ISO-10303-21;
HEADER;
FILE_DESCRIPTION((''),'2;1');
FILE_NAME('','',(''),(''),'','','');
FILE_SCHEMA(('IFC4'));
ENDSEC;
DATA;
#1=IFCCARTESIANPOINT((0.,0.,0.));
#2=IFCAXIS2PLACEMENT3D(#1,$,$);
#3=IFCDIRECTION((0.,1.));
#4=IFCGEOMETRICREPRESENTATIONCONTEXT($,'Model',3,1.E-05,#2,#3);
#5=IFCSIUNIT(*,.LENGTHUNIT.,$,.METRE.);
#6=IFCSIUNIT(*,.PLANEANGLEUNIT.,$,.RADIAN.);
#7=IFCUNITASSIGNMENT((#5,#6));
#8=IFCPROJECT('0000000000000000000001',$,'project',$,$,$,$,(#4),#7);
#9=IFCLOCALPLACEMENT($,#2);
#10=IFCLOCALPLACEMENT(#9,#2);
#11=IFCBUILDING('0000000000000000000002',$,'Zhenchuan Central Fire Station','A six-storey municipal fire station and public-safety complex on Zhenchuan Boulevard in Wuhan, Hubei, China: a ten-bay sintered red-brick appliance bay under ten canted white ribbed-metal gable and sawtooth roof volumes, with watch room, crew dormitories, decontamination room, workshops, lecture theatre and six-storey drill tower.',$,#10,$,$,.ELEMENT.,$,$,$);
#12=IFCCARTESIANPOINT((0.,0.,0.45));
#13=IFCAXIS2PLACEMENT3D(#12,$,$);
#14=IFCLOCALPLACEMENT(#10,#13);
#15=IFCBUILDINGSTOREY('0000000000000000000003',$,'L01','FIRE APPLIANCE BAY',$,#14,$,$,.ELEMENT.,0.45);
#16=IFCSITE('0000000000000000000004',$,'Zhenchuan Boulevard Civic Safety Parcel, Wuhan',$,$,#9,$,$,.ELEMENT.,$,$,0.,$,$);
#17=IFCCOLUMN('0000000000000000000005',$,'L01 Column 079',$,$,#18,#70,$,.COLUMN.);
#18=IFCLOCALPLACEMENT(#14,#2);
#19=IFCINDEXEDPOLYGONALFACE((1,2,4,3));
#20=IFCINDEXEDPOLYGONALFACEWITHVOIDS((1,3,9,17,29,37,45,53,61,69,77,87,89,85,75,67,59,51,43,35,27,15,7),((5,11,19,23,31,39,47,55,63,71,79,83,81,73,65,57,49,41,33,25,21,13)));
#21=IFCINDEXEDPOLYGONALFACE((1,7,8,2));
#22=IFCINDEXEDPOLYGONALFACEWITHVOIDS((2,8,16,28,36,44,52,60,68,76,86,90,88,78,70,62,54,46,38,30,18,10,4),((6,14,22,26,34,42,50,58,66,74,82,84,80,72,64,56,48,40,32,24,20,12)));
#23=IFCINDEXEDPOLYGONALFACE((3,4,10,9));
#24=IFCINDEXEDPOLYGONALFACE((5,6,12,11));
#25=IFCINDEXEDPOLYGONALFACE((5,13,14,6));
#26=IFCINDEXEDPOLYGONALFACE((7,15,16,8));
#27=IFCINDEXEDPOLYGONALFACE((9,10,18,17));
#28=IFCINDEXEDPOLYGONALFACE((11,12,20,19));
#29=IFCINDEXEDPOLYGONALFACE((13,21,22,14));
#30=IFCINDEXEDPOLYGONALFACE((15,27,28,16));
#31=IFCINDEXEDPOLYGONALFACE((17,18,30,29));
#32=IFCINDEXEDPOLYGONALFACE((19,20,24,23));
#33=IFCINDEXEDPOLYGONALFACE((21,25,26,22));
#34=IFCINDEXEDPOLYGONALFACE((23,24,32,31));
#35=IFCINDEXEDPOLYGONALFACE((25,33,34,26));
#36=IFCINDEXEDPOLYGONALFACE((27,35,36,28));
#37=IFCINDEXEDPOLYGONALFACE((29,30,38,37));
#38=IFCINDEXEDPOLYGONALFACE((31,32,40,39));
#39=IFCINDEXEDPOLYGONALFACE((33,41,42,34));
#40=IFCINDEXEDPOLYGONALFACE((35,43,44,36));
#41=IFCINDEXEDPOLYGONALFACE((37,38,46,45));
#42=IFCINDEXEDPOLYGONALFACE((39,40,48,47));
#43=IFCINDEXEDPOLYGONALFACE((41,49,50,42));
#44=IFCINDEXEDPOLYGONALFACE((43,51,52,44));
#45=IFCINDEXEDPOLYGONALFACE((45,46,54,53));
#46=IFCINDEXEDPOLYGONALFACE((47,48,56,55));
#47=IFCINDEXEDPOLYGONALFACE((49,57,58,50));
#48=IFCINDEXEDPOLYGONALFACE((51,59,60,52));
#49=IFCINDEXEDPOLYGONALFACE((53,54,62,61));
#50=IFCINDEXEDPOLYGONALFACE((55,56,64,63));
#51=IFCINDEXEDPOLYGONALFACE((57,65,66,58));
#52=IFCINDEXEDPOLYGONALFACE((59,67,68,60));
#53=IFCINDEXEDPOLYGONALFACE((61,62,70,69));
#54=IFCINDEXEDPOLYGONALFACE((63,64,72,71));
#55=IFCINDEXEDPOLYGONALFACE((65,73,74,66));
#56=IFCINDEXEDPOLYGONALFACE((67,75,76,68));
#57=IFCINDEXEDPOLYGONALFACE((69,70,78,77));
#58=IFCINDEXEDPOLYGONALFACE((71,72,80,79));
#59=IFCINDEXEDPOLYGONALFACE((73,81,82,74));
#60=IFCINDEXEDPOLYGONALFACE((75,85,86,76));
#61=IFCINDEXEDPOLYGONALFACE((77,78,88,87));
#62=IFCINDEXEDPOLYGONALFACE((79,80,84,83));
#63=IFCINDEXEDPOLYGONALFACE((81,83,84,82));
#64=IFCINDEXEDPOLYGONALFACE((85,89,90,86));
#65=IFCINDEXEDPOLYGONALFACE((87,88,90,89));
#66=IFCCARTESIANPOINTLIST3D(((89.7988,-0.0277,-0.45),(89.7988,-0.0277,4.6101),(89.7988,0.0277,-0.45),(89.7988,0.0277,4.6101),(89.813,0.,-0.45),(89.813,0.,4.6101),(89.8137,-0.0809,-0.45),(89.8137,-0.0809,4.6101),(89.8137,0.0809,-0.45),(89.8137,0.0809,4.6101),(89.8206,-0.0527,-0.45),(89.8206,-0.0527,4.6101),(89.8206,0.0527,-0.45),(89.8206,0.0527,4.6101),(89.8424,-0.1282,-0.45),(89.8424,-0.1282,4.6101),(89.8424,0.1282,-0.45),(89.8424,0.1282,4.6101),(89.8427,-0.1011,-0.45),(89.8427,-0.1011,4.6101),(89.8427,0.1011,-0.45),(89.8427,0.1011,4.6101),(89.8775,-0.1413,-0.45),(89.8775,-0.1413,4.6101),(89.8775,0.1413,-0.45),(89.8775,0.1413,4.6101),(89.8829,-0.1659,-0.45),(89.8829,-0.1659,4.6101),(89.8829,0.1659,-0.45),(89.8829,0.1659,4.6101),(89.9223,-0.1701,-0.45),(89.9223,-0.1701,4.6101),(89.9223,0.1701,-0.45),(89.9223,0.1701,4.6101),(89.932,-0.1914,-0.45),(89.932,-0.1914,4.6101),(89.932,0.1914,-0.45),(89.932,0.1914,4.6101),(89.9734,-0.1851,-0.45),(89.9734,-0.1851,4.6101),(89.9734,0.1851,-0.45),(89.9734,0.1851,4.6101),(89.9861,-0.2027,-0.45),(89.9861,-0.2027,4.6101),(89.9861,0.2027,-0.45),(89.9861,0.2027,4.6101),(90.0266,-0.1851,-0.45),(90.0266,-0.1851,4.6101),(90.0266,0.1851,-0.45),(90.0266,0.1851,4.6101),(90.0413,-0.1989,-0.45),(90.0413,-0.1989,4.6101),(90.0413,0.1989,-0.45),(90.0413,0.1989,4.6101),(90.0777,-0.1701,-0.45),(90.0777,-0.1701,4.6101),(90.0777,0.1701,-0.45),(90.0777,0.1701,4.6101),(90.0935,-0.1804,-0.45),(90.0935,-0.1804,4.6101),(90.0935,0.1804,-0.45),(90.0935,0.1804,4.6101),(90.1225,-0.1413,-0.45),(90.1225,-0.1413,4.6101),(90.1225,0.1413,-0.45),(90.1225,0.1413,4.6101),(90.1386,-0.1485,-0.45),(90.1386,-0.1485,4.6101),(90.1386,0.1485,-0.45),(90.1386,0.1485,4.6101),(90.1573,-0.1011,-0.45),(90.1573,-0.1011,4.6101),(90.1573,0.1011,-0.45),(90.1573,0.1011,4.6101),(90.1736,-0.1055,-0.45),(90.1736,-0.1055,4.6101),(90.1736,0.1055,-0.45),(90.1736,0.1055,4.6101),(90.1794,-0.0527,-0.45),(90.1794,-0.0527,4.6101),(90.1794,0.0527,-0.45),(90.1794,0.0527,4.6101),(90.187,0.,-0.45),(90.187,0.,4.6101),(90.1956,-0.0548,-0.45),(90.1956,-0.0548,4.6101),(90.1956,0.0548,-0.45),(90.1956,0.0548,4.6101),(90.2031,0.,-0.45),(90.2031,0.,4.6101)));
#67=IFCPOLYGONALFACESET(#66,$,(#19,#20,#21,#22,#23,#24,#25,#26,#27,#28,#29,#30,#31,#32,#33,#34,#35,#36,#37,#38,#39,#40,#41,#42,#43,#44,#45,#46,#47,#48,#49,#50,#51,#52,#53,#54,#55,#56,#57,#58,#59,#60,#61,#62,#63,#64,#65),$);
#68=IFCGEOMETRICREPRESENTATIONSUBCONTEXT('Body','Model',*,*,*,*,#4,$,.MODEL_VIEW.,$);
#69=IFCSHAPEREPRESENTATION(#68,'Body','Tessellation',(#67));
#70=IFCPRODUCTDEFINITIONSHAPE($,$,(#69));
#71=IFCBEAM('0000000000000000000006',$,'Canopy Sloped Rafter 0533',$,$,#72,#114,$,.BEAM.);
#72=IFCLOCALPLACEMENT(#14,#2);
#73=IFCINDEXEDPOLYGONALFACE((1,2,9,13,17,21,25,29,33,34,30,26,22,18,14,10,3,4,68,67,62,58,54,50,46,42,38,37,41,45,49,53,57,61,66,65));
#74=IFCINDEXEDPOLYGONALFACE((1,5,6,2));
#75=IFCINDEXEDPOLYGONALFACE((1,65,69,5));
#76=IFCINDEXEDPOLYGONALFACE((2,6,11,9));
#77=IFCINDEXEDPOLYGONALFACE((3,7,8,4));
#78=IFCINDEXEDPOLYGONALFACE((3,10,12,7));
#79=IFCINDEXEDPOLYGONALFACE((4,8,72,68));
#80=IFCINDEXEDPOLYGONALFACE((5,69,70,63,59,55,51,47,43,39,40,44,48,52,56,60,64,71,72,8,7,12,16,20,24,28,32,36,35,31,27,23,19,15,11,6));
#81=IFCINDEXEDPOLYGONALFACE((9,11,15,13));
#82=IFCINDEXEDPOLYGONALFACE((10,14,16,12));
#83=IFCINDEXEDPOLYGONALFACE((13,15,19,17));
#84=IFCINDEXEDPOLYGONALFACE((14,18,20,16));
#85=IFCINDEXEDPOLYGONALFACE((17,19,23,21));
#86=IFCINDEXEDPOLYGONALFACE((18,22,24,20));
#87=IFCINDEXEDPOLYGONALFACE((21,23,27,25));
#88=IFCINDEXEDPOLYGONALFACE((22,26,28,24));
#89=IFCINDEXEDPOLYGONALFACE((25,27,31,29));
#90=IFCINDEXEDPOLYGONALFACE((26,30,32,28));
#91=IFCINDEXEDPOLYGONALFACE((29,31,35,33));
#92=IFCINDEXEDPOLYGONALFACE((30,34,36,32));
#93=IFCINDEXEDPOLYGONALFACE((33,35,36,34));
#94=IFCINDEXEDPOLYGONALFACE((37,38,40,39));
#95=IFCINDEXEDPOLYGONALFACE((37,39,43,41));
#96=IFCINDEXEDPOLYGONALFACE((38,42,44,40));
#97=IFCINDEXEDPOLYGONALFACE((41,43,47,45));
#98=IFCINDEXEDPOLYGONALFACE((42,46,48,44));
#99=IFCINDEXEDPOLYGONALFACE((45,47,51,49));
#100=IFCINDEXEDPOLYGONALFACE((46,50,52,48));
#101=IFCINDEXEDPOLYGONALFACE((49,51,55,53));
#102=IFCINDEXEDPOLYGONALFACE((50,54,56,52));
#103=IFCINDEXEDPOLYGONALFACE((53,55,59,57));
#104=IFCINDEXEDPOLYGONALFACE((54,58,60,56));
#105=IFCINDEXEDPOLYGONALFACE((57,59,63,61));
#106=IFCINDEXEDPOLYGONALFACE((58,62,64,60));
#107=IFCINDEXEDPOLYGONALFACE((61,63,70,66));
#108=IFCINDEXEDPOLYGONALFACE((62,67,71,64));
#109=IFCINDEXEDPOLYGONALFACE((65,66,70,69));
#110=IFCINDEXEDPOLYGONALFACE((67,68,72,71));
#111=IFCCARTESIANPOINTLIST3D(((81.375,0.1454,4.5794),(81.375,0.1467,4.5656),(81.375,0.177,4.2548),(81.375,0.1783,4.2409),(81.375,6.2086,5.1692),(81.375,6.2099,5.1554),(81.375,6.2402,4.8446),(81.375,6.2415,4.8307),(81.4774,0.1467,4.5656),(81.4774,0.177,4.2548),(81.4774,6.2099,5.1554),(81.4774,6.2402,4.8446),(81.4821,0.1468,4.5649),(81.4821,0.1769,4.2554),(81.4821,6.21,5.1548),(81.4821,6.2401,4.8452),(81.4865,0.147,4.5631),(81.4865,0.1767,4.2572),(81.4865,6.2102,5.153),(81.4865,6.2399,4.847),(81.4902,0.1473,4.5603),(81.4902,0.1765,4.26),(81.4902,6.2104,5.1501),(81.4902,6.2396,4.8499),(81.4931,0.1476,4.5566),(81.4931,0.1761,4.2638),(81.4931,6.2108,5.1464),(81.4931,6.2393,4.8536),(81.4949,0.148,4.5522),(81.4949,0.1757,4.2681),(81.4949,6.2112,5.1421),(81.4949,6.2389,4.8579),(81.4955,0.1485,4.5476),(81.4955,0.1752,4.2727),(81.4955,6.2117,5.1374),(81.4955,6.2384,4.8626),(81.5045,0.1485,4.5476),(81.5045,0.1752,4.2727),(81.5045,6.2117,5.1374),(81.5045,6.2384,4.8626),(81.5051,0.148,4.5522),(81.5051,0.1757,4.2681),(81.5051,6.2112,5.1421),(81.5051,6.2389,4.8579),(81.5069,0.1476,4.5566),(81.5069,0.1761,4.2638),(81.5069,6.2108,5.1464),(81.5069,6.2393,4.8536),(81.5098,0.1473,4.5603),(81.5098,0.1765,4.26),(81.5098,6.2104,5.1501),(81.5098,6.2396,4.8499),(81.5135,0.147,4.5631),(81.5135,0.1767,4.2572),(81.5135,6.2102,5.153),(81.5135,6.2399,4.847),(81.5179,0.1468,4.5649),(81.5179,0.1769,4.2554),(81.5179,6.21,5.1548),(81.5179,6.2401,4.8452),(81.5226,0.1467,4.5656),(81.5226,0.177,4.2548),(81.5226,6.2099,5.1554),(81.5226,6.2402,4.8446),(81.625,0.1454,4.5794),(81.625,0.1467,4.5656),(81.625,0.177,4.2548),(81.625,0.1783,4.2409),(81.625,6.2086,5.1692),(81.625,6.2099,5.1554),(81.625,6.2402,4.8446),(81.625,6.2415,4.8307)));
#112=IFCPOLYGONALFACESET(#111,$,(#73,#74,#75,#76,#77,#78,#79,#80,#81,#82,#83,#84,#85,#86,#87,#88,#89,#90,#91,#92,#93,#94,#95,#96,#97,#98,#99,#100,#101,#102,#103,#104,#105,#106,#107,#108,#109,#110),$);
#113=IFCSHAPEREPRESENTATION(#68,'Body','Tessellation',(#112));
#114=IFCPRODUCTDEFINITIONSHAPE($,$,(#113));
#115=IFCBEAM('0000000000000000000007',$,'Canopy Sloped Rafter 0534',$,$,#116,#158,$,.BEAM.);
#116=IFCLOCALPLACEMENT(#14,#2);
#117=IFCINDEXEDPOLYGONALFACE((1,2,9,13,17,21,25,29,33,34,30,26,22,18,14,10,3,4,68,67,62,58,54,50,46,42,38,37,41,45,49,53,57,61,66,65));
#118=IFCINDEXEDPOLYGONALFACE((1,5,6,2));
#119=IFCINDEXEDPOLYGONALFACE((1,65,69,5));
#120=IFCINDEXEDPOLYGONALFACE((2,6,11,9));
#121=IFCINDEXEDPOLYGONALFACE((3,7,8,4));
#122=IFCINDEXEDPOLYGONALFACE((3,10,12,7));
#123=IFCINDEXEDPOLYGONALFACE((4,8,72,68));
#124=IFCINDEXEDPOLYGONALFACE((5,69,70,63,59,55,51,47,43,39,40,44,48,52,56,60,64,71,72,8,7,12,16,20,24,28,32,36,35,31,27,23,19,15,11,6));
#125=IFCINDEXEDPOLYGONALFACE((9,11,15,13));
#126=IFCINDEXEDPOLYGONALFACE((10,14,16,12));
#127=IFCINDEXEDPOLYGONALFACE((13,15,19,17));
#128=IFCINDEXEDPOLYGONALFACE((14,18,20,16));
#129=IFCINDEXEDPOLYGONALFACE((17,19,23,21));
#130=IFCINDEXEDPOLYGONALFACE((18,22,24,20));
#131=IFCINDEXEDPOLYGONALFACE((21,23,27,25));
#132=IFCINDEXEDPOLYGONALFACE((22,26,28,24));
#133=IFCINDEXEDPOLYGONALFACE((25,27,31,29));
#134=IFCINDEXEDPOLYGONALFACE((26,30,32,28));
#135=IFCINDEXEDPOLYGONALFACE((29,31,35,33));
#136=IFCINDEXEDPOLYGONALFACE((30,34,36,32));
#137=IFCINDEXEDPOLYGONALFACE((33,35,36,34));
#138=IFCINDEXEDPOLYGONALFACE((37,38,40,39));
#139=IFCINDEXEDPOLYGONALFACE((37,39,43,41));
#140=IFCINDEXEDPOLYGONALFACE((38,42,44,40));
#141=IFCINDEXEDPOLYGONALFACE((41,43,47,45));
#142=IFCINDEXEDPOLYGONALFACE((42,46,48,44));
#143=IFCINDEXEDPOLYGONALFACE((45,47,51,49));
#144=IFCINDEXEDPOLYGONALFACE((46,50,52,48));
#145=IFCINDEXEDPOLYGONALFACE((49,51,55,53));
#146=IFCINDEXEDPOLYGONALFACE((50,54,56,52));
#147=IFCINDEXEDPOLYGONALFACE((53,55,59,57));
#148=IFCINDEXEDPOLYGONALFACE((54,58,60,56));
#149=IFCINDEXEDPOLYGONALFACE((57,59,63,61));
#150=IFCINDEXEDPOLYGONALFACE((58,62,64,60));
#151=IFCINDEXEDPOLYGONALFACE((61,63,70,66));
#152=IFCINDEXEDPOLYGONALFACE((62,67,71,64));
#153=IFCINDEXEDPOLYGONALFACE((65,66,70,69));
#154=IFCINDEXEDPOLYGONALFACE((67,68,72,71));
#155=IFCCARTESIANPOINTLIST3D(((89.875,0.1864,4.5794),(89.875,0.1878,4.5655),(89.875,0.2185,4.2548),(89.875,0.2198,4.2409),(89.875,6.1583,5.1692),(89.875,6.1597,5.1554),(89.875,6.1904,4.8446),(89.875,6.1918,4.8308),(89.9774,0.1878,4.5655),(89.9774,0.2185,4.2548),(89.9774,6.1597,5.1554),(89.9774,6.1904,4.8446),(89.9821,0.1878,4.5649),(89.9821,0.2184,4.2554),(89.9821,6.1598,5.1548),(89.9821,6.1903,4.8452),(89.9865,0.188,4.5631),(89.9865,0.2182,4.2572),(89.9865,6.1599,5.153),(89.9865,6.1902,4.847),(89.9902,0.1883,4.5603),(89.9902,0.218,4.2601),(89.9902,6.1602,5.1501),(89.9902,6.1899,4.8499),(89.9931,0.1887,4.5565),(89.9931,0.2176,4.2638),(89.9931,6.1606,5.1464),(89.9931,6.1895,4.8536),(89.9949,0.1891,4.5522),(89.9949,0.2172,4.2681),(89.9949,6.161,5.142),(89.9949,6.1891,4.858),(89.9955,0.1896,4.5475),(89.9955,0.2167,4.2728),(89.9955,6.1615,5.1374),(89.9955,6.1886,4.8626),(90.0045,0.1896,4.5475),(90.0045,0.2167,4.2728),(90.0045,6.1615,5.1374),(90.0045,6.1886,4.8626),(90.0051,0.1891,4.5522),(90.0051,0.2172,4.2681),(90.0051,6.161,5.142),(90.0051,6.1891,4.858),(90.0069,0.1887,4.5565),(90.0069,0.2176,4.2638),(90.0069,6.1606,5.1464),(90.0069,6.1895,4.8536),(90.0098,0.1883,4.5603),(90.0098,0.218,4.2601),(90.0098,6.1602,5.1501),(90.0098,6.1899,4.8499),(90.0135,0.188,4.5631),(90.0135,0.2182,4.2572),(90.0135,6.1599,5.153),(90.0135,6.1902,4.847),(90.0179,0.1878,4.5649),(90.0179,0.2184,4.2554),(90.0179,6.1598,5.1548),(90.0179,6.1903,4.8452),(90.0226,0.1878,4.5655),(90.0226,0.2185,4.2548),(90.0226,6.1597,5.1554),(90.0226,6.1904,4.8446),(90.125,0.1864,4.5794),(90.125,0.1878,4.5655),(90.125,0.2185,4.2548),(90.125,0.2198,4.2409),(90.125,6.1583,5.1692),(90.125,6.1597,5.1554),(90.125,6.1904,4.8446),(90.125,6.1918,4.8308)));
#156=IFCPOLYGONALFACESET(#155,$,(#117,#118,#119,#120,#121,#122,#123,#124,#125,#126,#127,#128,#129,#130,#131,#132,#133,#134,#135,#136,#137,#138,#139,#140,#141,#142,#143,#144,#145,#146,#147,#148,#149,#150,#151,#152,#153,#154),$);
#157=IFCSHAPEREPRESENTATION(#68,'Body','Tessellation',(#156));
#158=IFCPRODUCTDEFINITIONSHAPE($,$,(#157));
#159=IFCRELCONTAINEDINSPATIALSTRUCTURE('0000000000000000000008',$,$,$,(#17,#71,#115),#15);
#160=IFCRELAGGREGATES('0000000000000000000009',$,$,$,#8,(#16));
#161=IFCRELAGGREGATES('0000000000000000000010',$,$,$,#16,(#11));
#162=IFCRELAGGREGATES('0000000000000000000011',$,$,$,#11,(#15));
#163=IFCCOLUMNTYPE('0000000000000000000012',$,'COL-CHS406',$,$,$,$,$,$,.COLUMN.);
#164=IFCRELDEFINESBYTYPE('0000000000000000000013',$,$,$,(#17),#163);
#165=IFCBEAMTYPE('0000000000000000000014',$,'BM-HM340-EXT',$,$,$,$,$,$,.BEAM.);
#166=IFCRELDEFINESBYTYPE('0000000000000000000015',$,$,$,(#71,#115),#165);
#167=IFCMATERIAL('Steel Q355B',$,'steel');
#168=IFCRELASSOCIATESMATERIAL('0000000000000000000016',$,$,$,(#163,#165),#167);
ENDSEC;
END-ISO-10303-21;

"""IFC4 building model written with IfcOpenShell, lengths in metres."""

from ifc_helpers import new_model, si_unit, direction, frame, origin, origin_2d, place, context, subcontext, project, spatial, hollow_circle, i_section, extrude, material, material_profile, profile_set, type_object, element, save


model = new_model("IFC4")

# Units and contexts
model_context = context("Model", 3, precision=1e-05, world=origin(), true_north=direction((0.0, 1.0)))
body_context = subcontext(model_context, "Body", "Model", "MODEL_VIEW")
ifc_project = project(units=[si_unit("LENGTHUNIT", "METRE"), si_unit("PLANEANGLEUNIT", "RADIAN")], contexts=[model_context])

# Site, building, storey
site_placement = place(None, origin())
site = spatial("IfcSite", under=ifc_project, at=site_placement, Name="Zhenchuan Boulevard Civic Safety Parcel, Wuhan", CompositionType="ELEMENT", RefElevation=0.0)
building_placement = place(site_placement, origin())
building = spatial("IfcBuilding", under=site, at=building_placement, Name="Zhenchuan Central Fire Station", Description="A six-storey municipal fire station and public-safety complex on Zhenchuan Boulevard in Wuhan, Hubei, China: a ten-bay sintered red-brick appliance bay under ten canted white ribbed-metal gable and sawtooth roof volumes, with watch room, crew dormitories, decontamination room, workshops, lecture theatre and six-storey drill tower.", CompositionType="ELEMENT")
storey_placement = place(building_placement, frame((0.0, 0.0, 0.45)))
storey = spatial("IfcBuildingStorey", under=building, at=storey_placement, Name="L01", Description="FIRE APPLIANCE BAY", CompositionType="ELEMENT", Elevation=0.45)

# Column
ifc_material_1 = material(Name="Steel Q355B", Category="steel")
ifc_material_profile_1 = material_profile(ifc_material_1, hollow_circle(Radius=0.2031, WallThickness=0.0161, at=origin_2d()), Name="CHS 406.4x16")
ifc_profile_set_1 = profile_set([ifc_material_profile_1], Name="Steel Q355B")
column_type = type_object("IfcColumnType", Name="COL-CHS406", PredefinedType="COLUMN", material=ifc_profile_set_1)
column_placement = place(storey_placement, frame((90.0, 0.0, -0.45), z_axis=(0.0, 0.0, 1.0), x_axis=(1.0, 0.0, 0.0)))
element("IfcColumn", 1, at=column_placement, inside=storey, type_object=column_type, Name="L01 Column 079", PredefinedType="COLUMN", context=body_context, shape_type="SweptSolid", body=[
    extrude(hollow_circle(Radius=0.2031, WallThickness=0.0161, at=origin_2d()), origin(), (0.0, 0.0, 1.0), 5.0601),
])

# Beams
ifc_material_profile_2 = material_profile(ifc_material_1, i_section(OverallWidth=0.25, OverallDepth=0.3401, WebThickness=0.009, FlangeThickness=0.0139, FilletRadius=0.0181, at=origin_2d()), Name="HM 340x250")
ifc_profile_set_2 = profile_set([ifc_material_profile_2], Name="Steel Q355B")
beam_type_1 = type_object("IfcBeamType", Name="BM-HM340-EXT", PredefinedType="BEAM", material=ifc_profile_set_2)
beam_1_placement = place(storey_placement, frame((81.5, 0.1619, 4.4102), z_axis=(0.0, 0.995301, 0.096825), x_axis=(-1.0, 0.0, 0.0)))
element("IfcBeam", 2, at=beam_1_placement, inside=storey, type_object=beam_type_1, Name="Canopy Sloped Rafter 0533", PredefinedType="BEAM", context=body_context, shape_type="SweptSolid", body=[
    extrude(i_section(OverallWidth=0.25, OverallDepth=0.3401, WebThickness=0.009, FlangeThickness=0.0139, FilletRadius=0.0181, at=origin_2d()), origin(), (0.0, 0.0, 1.0), 6.0918),
])
beam_2_placement = place(storey_placement, frame((90.0, 0.2031, 4.4102), z_axis=(0.0, 0.995158, 0.098291), x_axis=(-1.0, 0.0, 0.0)))
element("IfcBeam", 3, at=beam_2_placement, inside=storey, type_object=beam_type_1, Name="Canopy Sloped Rafter 0534", PredefinedType="BEAM", context=body_context, shape_type="SweptSolid", body=[
    extrude(i_section(OverallWidth=0.25, OverallDepth=0.3401, WebThickness=0.009, FlangeThickness=0.0139, FilletRadius=0.0181, at=origin_2d()), origin(), (0.0, 0.0, 1.0), 6.001),
])

save(model, "model.ifc")
